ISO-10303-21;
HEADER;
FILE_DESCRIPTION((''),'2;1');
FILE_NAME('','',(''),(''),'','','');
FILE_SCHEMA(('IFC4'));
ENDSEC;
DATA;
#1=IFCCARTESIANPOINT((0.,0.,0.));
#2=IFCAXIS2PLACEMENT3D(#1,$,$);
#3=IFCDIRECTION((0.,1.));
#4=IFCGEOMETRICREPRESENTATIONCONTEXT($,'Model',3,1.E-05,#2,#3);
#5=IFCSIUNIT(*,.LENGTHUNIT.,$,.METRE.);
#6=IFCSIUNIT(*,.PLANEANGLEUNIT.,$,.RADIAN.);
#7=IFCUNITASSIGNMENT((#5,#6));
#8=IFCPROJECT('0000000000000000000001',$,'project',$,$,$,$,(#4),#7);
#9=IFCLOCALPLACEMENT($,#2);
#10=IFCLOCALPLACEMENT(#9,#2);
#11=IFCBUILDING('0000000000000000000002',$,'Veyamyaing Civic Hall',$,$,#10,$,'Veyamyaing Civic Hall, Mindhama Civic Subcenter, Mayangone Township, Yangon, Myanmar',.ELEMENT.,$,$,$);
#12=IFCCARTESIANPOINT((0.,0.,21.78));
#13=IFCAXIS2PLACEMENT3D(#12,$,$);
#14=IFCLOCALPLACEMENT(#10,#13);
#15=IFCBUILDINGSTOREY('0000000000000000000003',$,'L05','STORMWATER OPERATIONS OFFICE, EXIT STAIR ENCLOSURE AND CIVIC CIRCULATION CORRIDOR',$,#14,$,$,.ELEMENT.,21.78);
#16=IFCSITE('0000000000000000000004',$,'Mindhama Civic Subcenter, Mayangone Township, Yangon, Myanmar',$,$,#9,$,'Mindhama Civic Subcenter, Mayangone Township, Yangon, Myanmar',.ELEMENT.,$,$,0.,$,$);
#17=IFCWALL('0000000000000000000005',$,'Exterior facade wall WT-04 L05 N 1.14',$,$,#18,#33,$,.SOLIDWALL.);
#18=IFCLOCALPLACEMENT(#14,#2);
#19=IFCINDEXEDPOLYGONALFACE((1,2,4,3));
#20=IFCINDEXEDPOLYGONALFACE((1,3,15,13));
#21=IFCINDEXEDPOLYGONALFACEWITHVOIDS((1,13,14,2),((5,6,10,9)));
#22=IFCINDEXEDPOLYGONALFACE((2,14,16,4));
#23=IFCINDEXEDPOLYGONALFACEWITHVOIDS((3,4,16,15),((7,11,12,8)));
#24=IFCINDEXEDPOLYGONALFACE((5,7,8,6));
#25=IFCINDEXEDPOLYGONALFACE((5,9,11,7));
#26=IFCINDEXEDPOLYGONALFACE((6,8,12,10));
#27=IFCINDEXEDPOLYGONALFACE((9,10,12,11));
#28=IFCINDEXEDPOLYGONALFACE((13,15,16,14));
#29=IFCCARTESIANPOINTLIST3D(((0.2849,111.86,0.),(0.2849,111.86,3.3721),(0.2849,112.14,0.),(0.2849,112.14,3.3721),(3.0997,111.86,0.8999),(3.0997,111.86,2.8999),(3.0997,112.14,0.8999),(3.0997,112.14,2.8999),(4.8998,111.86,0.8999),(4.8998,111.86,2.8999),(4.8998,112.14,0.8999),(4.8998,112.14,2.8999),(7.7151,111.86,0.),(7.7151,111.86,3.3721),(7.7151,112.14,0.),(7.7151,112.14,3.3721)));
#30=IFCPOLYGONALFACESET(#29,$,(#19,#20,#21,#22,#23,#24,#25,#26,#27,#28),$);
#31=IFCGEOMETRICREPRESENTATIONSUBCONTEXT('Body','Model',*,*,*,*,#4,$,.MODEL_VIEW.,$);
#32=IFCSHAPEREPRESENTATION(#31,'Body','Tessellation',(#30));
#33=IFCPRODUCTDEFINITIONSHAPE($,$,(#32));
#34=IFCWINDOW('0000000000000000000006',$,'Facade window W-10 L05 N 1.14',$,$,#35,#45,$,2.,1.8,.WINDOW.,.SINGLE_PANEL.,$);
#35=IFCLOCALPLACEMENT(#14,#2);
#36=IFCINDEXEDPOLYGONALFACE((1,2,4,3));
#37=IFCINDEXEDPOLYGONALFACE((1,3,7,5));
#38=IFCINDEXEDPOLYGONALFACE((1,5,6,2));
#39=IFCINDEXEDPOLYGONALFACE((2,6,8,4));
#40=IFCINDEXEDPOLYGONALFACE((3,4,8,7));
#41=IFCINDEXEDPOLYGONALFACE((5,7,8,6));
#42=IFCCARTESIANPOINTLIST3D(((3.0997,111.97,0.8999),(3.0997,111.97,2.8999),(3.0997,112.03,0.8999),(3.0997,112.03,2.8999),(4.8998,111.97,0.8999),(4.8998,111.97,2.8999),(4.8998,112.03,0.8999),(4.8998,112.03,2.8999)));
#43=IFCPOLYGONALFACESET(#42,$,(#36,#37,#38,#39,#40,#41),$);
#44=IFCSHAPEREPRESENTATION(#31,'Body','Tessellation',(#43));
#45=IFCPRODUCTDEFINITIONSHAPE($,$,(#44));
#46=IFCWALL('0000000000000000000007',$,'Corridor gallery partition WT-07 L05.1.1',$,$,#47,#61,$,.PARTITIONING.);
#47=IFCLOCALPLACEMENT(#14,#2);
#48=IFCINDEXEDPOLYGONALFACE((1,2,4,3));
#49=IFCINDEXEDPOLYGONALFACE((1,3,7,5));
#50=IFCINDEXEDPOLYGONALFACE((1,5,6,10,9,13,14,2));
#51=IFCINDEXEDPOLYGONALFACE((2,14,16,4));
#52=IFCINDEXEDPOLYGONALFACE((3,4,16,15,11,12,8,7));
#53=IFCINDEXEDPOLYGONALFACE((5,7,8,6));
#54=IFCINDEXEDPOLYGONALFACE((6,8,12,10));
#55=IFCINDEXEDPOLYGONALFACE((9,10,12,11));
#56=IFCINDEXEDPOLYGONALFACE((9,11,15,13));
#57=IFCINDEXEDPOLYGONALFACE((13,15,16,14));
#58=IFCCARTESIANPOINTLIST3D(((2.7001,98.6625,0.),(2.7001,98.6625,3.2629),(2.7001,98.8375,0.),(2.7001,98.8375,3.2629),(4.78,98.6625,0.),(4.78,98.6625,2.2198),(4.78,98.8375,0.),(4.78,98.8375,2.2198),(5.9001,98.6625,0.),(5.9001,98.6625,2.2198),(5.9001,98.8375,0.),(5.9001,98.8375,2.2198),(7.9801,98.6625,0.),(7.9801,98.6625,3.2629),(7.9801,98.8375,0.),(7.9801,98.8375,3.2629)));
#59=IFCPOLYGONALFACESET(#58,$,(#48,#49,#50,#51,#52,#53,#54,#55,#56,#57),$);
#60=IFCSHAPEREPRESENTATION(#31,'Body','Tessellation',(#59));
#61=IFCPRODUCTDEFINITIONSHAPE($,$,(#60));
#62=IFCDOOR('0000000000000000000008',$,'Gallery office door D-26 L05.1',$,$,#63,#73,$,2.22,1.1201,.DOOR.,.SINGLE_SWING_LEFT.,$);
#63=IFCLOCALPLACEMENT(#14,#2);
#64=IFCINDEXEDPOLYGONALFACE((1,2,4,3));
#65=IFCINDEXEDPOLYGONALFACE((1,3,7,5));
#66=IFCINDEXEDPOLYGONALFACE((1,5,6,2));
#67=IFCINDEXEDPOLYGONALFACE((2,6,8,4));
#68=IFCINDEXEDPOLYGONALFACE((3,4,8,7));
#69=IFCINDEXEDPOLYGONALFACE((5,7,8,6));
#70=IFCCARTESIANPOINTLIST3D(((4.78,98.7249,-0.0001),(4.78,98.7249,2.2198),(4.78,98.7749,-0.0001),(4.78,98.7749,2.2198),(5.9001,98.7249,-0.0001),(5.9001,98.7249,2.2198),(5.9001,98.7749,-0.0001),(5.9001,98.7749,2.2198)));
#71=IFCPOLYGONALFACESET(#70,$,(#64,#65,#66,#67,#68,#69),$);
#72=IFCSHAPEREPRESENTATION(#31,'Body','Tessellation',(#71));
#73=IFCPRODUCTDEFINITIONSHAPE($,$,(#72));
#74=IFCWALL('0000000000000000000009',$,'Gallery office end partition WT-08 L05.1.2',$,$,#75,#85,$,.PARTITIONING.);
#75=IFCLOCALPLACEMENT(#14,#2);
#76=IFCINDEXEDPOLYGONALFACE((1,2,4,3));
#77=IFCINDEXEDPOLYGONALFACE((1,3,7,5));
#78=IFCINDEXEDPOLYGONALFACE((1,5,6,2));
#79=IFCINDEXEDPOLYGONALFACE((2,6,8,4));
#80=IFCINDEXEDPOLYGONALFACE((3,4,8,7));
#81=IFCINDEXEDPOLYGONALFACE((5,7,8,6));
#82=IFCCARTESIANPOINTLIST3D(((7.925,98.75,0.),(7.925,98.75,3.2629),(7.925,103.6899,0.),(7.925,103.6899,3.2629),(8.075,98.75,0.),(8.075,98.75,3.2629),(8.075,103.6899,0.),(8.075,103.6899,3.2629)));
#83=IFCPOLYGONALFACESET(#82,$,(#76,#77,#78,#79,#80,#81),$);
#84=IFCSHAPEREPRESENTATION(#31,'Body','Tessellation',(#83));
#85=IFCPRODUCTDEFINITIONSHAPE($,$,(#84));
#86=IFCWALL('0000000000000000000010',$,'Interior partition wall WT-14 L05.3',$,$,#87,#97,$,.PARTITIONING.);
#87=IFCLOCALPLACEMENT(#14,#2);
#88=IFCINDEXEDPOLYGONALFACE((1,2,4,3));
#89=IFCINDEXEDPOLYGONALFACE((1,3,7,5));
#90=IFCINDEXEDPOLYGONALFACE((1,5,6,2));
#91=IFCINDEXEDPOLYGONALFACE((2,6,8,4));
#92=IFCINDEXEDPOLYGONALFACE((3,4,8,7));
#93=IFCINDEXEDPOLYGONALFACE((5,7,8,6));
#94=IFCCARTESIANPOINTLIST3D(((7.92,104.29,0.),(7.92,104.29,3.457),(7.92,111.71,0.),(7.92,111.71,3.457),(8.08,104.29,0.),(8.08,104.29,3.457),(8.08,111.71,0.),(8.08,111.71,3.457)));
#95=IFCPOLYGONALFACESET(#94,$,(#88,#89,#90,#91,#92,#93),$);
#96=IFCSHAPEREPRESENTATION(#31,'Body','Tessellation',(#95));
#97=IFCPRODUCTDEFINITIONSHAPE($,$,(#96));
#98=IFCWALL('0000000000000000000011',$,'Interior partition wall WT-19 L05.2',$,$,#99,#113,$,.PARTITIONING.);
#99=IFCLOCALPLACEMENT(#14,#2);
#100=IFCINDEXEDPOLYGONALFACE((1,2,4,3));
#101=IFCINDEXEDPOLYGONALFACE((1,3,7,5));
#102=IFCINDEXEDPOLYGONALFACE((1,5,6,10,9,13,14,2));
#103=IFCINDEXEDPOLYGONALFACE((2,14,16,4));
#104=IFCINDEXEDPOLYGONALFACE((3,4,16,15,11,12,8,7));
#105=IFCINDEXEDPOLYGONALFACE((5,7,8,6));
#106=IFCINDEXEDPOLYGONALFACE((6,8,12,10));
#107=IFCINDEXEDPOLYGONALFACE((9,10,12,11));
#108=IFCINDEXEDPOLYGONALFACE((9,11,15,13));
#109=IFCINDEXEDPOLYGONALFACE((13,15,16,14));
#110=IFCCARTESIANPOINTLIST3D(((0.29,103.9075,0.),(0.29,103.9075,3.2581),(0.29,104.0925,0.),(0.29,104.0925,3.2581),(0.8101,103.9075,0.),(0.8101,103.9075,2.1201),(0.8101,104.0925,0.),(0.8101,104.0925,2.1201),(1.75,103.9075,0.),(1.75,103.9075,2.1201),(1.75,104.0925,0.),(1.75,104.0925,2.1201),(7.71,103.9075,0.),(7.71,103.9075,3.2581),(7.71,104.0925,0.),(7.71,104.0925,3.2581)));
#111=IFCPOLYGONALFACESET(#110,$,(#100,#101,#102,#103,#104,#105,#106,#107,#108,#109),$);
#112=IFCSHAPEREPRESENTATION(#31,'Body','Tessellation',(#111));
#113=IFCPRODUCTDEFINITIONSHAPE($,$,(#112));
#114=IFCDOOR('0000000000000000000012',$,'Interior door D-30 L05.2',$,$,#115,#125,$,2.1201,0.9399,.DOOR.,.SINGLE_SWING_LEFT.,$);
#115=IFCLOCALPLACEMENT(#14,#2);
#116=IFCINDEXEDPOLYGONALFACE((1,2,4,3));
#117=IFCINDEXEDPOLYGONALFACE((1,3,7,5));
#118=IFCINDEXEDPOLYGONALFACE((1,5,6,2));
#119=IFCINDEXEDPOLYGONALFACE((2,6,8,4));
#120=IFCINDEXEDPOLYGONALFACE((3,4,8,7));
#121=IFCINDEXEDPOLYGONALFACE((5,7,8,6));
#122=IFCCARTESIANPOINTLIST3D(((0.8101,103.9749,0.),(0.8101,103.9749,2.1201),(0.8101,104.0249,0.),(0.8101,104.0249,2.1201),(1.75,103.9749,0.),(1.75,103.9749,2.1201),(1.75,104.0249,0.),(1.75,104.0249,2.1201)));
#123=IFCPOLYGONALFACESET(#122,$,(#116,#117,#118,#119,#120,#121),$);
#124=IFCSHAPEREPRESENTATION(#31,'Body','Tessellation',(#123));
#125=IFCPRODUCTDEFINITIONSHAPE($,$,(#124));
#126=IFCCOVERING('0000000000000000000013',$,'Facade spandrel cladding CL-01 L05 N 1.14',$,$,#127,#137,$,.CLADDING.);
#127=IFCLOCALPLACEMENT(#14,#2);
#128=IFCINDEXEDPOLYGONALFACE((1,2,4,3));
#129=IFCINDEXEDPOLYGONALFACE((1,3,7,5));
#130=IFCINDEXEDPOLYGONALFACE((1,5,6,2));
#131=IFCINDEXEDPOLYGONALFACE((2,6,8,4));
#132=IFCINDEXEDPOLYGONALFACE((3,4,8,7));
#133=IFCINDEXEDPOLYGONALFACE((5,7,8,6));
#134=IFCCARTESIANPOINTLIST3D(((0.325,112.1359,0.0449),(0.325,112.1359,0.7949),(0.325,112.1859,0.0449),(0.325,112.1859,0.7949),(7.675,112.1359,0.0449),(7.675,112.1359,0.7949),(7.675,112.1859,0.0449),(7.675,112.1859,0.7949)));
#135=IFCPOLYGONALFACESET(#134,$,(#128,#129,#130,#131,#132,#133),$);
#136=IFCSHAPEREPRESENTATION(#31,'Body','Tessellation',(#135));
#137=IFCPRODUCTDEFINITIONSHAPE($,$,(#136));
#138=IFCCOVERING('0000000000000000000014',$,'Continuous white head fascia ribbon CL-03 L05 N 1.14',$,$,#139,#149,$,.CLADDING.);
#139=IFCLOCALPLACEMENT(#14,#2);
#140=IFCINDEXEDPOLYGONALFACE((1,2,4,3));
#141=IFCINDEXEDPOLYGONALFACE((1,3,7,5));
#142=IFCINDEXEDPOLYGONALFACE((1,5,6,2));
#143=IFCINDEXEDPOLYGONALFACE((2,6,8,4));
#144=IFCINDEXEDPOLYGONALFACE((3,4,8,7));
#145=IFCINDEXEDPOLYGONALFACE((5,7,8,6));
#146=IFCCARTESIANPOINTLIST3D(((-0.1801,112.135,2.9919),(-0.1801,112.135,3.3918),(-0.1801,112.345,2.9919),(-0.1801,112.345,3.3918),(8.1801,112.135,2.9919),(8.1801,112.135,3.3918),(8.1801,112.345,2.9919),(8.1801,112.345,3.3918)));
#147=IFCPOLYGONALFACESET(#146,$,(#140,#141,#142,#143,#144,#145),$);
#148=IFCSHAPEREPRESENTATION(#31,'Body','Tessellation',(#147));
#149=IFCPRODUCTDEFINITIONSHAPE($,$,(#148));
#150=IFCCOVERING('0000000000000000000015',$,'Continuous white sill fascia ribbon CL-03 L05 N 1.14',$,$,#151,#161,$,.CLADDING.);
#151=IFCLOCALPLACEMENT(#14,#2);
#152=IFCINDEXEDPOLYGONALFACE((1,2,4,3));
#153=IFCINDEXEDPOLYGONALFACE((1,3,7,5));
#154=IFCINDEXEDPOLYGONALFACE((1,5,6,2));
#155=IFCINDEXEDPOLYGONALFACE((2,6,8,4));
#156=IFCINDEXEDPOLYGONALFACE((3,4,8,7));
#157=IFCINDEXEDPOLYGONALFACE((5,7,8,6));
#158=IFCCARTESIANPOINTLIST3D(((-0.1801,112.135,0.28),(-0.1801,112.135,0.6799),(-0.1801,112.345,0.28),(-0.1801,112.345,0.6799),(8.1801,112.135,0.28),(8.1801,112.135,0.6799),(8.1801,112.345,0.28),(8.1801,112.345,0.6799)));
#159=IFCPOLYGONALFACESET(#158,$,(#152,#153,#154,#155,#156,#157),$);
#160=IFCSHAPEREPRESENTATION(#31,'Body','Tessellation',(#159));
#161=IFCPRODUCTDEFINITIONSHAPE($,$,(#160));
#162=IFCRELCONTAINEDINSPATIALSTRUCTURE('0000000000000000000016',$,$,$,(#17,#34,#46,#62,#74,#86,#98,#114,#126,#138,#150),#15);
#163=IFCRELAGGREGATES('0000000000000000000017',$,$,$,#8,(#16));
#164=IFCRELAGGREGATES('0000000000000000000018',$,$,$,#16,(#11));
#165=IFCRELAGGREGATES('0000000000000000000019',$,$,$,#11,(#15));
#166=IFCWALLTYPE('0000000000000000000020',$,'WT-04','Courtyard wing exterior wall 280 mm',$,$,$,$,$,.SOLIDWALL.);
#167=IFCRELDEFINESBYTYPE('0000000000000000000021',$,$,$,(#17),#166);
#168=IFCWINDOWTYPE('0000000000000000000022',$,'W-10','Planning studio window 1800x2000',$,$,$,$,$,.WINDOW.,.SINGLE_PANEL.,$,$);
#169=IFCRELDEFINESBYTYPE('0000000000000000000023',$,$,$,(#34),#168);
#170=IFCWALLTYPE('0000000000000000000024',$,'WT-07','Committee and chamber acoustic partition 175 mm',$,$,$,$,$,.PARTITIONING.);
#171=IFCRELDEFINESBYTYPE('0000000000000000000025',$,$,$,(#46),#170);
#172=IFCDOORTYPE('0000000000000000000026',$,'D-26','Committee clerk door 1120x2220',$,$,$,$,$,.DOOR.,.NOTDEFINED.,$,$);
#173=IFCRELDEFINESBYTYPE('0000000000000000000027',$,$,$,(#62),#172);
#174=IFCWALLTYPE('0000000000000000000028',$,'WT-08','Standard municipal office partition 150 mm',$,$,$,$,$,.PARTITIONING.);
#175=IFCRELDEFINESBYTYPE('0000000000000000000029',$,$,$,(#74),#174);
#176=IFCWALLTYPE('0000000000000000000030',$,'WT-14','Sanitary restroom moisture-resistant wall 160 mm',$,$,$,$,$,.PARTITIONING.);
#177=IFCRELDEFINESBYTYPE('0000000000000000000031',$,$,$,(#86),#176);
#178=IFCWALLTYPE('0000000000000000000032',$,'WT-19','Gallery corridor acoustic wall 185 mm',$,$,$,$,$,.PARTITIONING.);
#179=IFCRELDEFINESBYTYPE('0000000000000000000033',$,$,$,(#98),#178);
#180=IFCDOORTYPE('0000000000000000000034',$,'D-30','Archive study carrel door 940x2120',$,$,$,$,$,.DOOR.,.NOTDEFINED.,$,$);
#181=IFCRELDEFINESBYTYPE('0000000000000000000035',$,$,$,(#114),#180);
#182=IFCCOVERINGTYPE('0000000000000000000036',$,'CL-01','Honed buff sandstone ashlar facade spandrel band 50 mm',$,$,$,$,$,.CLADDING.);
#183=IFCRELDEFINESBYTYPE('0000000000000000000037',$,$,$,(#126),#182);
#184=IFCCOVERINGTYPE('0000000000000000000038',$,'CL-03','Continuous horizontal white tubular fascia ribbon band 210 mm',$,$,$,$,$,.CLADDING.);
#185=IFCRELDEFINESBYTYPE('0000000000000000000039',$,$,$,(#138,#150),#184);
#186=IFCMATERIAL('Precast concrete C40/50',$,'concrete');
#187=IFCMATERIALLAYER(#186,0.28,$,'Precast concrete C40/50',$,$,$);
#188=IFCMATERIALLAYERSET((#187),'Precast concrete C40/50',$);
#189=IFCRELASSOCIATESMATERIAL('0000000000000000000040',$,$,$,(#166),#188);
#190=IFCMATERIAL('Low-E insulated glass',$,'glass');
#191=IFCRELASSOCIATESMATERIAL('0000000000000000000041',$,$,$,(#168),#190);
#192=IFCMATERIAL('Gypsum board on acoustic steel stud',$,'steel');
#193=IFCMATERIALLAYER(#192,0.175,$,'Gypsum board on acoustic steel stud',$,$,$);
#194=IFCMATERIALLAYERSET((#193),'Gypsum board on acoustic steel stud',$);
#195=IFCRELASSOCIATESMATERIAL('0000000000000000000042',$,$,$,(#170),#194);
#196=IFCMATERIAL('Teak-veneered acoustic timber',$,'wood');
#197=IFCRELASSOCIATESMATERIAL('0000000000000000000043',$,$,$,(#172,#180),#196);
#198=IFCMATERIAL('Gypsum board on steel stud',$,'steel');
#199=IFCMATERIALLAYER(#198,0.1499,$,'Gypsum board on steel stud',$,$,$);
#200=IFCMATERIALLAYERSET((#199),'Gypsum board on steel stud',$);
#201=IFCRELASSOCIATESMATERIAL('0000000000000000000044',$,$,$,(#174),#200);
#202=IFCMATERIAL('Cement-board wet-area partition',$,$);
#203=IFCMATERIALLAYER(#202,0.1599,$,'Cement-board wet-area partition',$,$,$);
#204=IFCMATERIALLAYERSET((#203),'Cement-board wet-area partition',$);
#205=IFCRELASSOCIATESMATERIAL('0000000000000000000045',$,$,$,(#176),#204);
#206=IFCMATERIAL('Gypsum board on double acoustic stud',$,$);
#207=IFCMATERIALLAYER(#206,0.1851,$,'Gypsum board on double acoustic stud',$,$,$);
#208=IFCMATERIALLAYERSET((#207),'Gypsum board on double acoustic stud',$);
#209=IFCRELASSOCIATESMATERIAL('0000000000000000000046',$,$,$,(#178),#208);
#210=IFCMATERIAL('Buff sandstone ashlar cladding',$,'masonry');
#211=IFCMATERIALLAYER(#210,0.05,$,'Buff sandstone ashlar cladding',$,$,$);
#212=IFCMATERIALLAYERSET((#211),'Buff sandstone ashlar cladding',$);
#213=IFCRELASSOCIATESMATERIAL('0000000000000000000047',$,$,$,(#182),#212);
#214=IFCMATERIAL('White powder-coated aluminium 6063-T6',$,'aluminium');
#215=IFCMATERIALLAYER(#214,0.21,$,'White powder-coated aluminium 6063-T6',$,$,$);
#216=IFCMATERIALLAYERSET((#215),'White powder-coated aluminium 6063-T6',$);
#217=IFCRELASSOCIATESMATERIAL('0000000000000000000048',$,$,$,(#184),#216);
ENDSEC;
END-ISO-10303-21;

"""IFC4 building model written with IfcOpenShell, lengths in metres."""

from ifc_helpers import new_model, si_unit, direction, frame, frame_2d, origin, origin_2d, place, context, subcontext, project, spatial, rectangle, extrude, material, layer, layer_set, type_object, element, fill, save


model = new_model("IFC4")

# Units and contexts
model_context = context("Model", 3, precision=1e-05, world=origin(), true_north=direction((0.0, 1.0)))
body_context = subcontext(model_context, "Body", "Model", "MODEL_VIEW")
ifc_project = project(units=[si_unit("LENGTHUNIT", "METRE"), si_unit("PLANEANGLEUNIT", "RADIAN")], contexts=[model_context])

# Site, building, storey
site_placement = place(None, origin())
site = spatial("IfcSite", under=ifc_project, at=site_placement, Name="Mindhama Civic Subcenter, Mayangone Township, Yangon, Myanmar", LongName="Mindhama Civic Subcenter, Mayangone Township, Yangon, Myanmar", CompositionType="ELEMENT", RefElevation=0.0)
building_placement = place(site_placement, origin())
building = spatial("IfcBuilding", under=site, at=building_placement, Name="Veyamyaing Civic Hall", LongName="Veyamyaing Civic Hall, Mindhama Civic Subcenter, Mayangone Township, Yangon, Myanmar", CompositionType="ELEMENT")
storey_placement = place(building_placement, frame((0.0, 0.0, 21.78)))
storey = spatial("IfcBuildingStorey", under=building, at=storey_placement, Name="L05", Description="STORMWATER OPERATIONS OFFICE, EXIT STAIR ENCLOSURE AND CIVIC CIRCULATION CORRIDOR", CompositionType="ELEMENT", Elevation=21.78)

# Wall, opening, window
ifc_material_1 = material(Name="Precast concrete C40/50", Category="concrete")
ifc_layer_1 = layer(ifc_material_1, 0.28, Name="Precast concrete C40/50")
ifc_layer_set_1 = layer_set([ifc_layer_1], Name="Precast concrete C40/50")
wall_type_1 = type_object("IfcWallType", Name="WT-04", Description="Courtyard wing exterior wall 280 mm", PredefinedType="SOLIDWALL", material=ifc_layer_set_1)
wall_1_placement = place(storey_placement, frame((0.2849, 112.0, 0.0), z_axis=(0.0, 0.0, 1.0), x_axis=(1.0, 0.0, 0.0)))
wall_1 = element("IfcWall", 1, at=wall_1_placement, inside=storey, type_object=wall_type_1, Name="Exterior facade wall WT-04 L05 N 1.14", PredefinedType="SOLIDWALL", context=body_context, shape_type="SweptSolid", body=[
    extrude(rectangle(XDim=7.4302, YDim=0.28, at=frame_2d((3.7151, 0.0))), origin(), (0.0, 0.0, 1.0), 3.3721),
])
opening_1_placement = place(wall_1_placement, frame((2.8149, 0.0, 0.8999)))
opening_1 = element("IfcOpeningElement", 2, at=opening_1_placement, cuts=wall_1, PredefinedType="OPENING", context=body_context, shape_type="SweptSolid", body=[
    extrude(rectangle(XDim=1.8, YDim=2.0, at=frame_2d((0.8999, 1.0))), frame((0.0, 0.1499, 0.0), z_axis=(0.0, -1.0, 0.0), x_axis=(1.0, 0.0, 0.0)), (0.0, 0.0, 1.0), 0.3),
])
ifc_material_2 = material(Name="Low-E insulated glass", Category="glass")
window_type = type_object("IfcWindowType", Name="W-10", Description="Planning studio window 1800x2000", PartitioningType="SINGLE_PANEL", PredefinedType="WINDOW", material=ifc_material_2)
window_placement = place(opening_1_placement, origin())
window = element("IfcWindow", 3, at=window_placement, inside=storey, type_object=window_type, Name="Facade window W-10 L05 N 1.14", OverallHeight=2.0, OverallWidth=1.8, PartitioningType="SINGLE_PANEL", PredefinedType="WINDOW", context=body_context, shape_type="SweptSolid", body=[
    extrude(rectangle(XDim=1.8, YDim=2.0, at=frame_2d((0.8999, 1.0))), frame((0.0, 0.03, 0.0), z_axis=(0.0, -1.0, 0.0), x_axis=(1.0, 0.0, 0.0)), (0.0, 0.0, 1.0), 0.0601),
])
fill(opening_1, window)

# Wall, opening, door
ifc_material_3 = material(Name="Gypsum board on acoustic steel stud", Category="steel")
ifc_layer_2 = layer(ifc_material_3, 0.175, Name="Gypsum board on acoustic steel stud")
ifc_layer_set_2 = layer_set([ifc_layer_2], Name="Gypsum board on acoustic steel stud")
wall_type_2 = type_object("IfcWallType", Name="WT-07", Description="Committee and chamber acoustic partition 175 mm", PredefinedType="PARTITIONING", material=ifc_layer_set_2)
wall_2_placement = place(storey_placement, frame((2.7, 98.75, 0.0), z_axis=(0.0, 0.0, 1.0), x_axis=(1.0, 0.0, 0.0)))
wall_2 = element("IfcWall", 4, at=wall_2_placement, inside=storey, type_object=wall_type_2, Name="Corridor gallery partition WT-07 L05.1.1", PredefinedType="PARTITIONING", context=body_context, shape_type="SweptSolid", body=[
    extrude(rectangle(XDim=5.28, YDim=0.175, at=frame_2d((2.6401, 0.0))), origin(), (0.0, 0.0, 1.0), 3.2629),
])
opening_2_placement = place(wall_2_placement, frame((2.0801, 0.0, 0.0)))
opening_2 = element("IfcOpeningElement", 5, at=opening_2_placement, cuts=wall_2, PredefinedType="OPENING", context=body_context, shape_type="SweptSolid", body=[
    extrude(rectangle(XDim=1.1201, YDim=2.22, at=frame_2d((0.5601, 1.1099))), frame((0.0, 0.0974, 0.0), z_axis=(0.0, -1.0, 0.0), x_axis=(1.0, 0.0, 0.0)), (0.0, 0.0, 1.0), 0.1951),
])
ifc_material_4 = material(Name="Teak-veneered acoustic timber", Category="wood")
door_type_1 = type_object("IfcDoorType", Name="D-26", Description="Committee clerk door 1120x2220", OperationType="NOTDEFINED", PredefinedType="DOOR", material=ifc_material_4)
door_1_placement = place(opening_2_placement, origin())
door_1 = element("IfcDoor", 6, at=door_1_placement, inside=storey, type_object=door_type_1, Name="Gallery office door D-26 L05.1", OperationType="SINGLE_SWING_LEFT", OverallHeight=2.22, OverallWidth=1.1201, PredefinedType="DOOR", context=body_context, shape_type="SweptSolid", body=[
    extrude(rectangle(XDim=1.1201, YDim=2.22, at=frame_2d((0.5601, 1.1099))), frame((0.0, 0.0249, 0.0), z_axis=(0.0, -1.0, 0.0), x_axis=(1.0, 0.0, 0.0)), (0.0, 0.0, 1.0), 0.05),
])
fill(opening_2, door_1)

# Walls
ifc_material_5 = material(Name="Gypsum board on steel stud", Category="steel")
ifc_layer_3 = layer(ifc_material_5, 0.1499, Name="Gypsum board on steel stud")
ifc_layer_set_3 = layer_set([ifc_layer_3], Name="Gypsum board on steel stud")
wall_type_3 = type_object("IfcWallType", Name="WT-08", Description="Standard municipal office partition 150 mm", PredefinedType="PARTITIONING", material=ifc_layer_set_3)
wall_3_placement = place(storey_placement, frame((8.0, 98.75, 0.0), z_axis=(0.0, 0.0, 1.0), x_axis=(0.0, 1.0, 0.0)))
element("IfcWall", 7, at=wall_3_placement, inside=storey, type_object=wall_type_3, Name="Gallery office end partition WT-08 L05.1.2", PredefinedType="PARTITIONING", context=body_context, shape_type="SweptSolid", body=[
    extrude(rectangle(XDim=4.9399, YDim=0.1499, at=frame_2d((2.47, 0.0))), origin(), (0.0, 0.0, 1.0), 3.2629),
])
ifc_material_6 = material(Name="Cement-board wet-area partition")
ifc_layer_4 = layer(ifc_material_6, 0.1599, Name="Cement-board wet-area partition")
ifc_layer_set_4 = layer_set([ifc_layer_4], Name="Cement-board wet-area partition")
wall_type_4 = type_object("IfcWallType", Name="WT-14", Description="Sanitary restroom moisture-resistant wall 160 mm", PredefinedType="PARTITIONING", material=ifc_layer_set_4)
wall_4_placement = place(storey_placement, frame((8.0, 104.29, 0.0), z_axis=(0.0, 0.0, 1.0), x_axis=(0.0, 1.0, 0.0)))
element("IfcWall", 8, at=wall_4_placement, inside=storey, type_object=wall_type_4, Name="Interior partition wall WT-14 L05.3", PredefinedType="PARTITIONING", context=body_context, shape_type="SweptSolid", body=[
    extrude(rectangle(XDim=7.4199, YDim=0.1599, at=frame_2d((3.71, 0.0))), origin(), (0.0, 0.0, 1.0), 3.457),
])

# Wall, opening, door
ifc_material_7 = material(Name="Gypsum board on double acoustic stud")
ifc_layer_5 = layer(ifc_material_7, 0.1851, Name="Gypsum board on double acoustic stud")
ifc_layer_set_5 = layer_set([ifc_layer_5], Name="Gypsum board on double acoustic stud")
wall_type_5 = type_object("IfcWallType", Name="WT-19", Description="Gallery corridor acoustic wall 185 mm", PredefinedType="PARTITIONING", material=ifc_layer_set_5)
wall_5_placement = place(storey_placement, frame((0.29, 104.0, 0.0), z_axis=(0.0, 0.0, 1.0), x_axis=(1.0, 0.0, 0.0)))
wall_5 = element("IfcWall", 9, at=wall_5_placement, inside=storey, type_object=wall_type_5, Name="Interior partition wall WT-19 L05.2", PredefinedType="PARTITIONING", context=body_context, shape_type="SweptSolid", body=[
    extrude(rectangle(XDim=7.4199, YDim=0.1851, at=frame_2d((3.71, 0.0))), origin(), (0.0, 0.0, 1.0), 3.2581),
])
opening_3_placement = place(wall_5_placement, frame((0.52, 0.0, 0.0)))
opening_3 = element("IfcOpeningElement", 10, at=opening_3_placement, cuts=wall_5, PredefinedType="OPENING", context=body_context, shape_type="SweptSolid", body=[
    extrude(rectangle(XDim=0.9399, YDim=2.1201, at=frame_2d((0.47, 1.0601))), frame((0.0, 0.1025, 0.0), z_axis=(0.0, -1.0, 0.0), x_axis=(1.0, 0.0, 0.0)), (0.0, 0.0, 1.0), 0.2051),
])
door_type_2 = type_object("IfcDoorType", Name="D-30", Description="Archive study carrel door 940x2120", OperationType="NOTDEFINED", PredefinedType="DOOR", material=ifc_material_4)
door_2_placement = place(opening_3_placement, origin())
door_2 = element("IfcDoor", 11, at=door_2_placement, inside=storey, type_object=door_type_2, Name="Interior door D-30 L05.2", OperationType="SINGLE_SWING_LEFT", OverallHeight=2.1201, OverallWidth=0.9399, PredefinedType="DOOR", context=body_context, shape_type="SweptSolid", body=[
    extrude(rectangle(XDim=0.9399, YDim=2.1201, at=frame_2d((0.47, 1.0601))), frame((0.0, 0.0249, 0.0), z_axis=(0.0, -1.0, 0.0), x_axis=(1.0, 0.0, 0.0)), (0.0, 0.0, 1.0), 0.05),
])
fill(opening_3, door_2)

# Coverings
ifc_material_8 = material(Name="Buff sandstone ashlar cladding", Category="masonry")
ifc_layer_6 = layer(ifc_material_8, 0.05, Name="Buff sandstone ashlar cladding")
ifc_layer_set_6 = layer_set([ifc_layer_6], Name="Buff sandstone ashlar cladding")
covering_type_1 = type_object("IfcCoveringType", Name="CL-01", Description="Honed buff sandstone ashlar facade spandrel band 50 mm", PredefinedType="CLADDING", material=ifc_layer_set_6)
covering_placement = place(storey_placement, frame((4.0, 112.1609, 0.0449), z_axis=(0.0, 0.0, 1.0), x_axis=(1.0, 0.0, 0.0)))
element("IfcCovering", 12, at=covering_placement, inside=storey, type_object=covering_type_1, Name="Facade spandrel cladding CL-01 L05 N 1.14", PredefinedType="CLADDING", context=body_context, shape_type="SweptSolid", body=[
    extrude(rectangle(XDim=7.3501, YDim=0.05, at=origin_2d()), origin(), (0.0, 0.0, 1.0), 0.75),
])
ifc_material_9 = material(Name="White powder-coated aluminium 6063-T6", Category="aluminium")
ifc_layer_7 = layer(ifc_material_9, 0.21, Name="White powder-coated aluminium 6063-T6")
ifc_layer_set_7 = layer_set([ifc_layer_7], Name="White powder-coated aluminium 6063-T6")
covering_type_2 = type_object("IfcCoveringType", Name="CL-03", Description="Continuous horizontal white tubular fascia ribbon band 210 mm", PredefinedType="CLADDING", material=ifc_layer_set_7)
for number, where, z_axis, x_axis, name in (
    (13, (4.0, 112.24, 2.9919), (0.0, 0.0, 1.0), (1.0, 0.0, 0.0), "Continuous white head fascia ribbon CL-03 L05 N 1.14"),
    (14, (4.0, 112.24, 0.28), (0.0, 0.0, 1.0), (1.0, 0.0, 0.0), "Continuous white sill fascia ribbon CL-03 L05 N 1.14"),
):
    element("IfcCovering", number, at=place(storey_placement, frame(where, z_axis=z_axis, x_axis=x_axis)), inside=storey, type_object=covering_type_2, Name=name, PredefinedType="CLADDING", context=body_context, shape_type="SweptSolid", body=[
        extrude(rectangle(XDim=8.3601, YDim=0.21, at=origin_2d()), origin(), (0.0, 0.0, 1.0), 0.3999),
    ])

save(model, "model.ifc")
